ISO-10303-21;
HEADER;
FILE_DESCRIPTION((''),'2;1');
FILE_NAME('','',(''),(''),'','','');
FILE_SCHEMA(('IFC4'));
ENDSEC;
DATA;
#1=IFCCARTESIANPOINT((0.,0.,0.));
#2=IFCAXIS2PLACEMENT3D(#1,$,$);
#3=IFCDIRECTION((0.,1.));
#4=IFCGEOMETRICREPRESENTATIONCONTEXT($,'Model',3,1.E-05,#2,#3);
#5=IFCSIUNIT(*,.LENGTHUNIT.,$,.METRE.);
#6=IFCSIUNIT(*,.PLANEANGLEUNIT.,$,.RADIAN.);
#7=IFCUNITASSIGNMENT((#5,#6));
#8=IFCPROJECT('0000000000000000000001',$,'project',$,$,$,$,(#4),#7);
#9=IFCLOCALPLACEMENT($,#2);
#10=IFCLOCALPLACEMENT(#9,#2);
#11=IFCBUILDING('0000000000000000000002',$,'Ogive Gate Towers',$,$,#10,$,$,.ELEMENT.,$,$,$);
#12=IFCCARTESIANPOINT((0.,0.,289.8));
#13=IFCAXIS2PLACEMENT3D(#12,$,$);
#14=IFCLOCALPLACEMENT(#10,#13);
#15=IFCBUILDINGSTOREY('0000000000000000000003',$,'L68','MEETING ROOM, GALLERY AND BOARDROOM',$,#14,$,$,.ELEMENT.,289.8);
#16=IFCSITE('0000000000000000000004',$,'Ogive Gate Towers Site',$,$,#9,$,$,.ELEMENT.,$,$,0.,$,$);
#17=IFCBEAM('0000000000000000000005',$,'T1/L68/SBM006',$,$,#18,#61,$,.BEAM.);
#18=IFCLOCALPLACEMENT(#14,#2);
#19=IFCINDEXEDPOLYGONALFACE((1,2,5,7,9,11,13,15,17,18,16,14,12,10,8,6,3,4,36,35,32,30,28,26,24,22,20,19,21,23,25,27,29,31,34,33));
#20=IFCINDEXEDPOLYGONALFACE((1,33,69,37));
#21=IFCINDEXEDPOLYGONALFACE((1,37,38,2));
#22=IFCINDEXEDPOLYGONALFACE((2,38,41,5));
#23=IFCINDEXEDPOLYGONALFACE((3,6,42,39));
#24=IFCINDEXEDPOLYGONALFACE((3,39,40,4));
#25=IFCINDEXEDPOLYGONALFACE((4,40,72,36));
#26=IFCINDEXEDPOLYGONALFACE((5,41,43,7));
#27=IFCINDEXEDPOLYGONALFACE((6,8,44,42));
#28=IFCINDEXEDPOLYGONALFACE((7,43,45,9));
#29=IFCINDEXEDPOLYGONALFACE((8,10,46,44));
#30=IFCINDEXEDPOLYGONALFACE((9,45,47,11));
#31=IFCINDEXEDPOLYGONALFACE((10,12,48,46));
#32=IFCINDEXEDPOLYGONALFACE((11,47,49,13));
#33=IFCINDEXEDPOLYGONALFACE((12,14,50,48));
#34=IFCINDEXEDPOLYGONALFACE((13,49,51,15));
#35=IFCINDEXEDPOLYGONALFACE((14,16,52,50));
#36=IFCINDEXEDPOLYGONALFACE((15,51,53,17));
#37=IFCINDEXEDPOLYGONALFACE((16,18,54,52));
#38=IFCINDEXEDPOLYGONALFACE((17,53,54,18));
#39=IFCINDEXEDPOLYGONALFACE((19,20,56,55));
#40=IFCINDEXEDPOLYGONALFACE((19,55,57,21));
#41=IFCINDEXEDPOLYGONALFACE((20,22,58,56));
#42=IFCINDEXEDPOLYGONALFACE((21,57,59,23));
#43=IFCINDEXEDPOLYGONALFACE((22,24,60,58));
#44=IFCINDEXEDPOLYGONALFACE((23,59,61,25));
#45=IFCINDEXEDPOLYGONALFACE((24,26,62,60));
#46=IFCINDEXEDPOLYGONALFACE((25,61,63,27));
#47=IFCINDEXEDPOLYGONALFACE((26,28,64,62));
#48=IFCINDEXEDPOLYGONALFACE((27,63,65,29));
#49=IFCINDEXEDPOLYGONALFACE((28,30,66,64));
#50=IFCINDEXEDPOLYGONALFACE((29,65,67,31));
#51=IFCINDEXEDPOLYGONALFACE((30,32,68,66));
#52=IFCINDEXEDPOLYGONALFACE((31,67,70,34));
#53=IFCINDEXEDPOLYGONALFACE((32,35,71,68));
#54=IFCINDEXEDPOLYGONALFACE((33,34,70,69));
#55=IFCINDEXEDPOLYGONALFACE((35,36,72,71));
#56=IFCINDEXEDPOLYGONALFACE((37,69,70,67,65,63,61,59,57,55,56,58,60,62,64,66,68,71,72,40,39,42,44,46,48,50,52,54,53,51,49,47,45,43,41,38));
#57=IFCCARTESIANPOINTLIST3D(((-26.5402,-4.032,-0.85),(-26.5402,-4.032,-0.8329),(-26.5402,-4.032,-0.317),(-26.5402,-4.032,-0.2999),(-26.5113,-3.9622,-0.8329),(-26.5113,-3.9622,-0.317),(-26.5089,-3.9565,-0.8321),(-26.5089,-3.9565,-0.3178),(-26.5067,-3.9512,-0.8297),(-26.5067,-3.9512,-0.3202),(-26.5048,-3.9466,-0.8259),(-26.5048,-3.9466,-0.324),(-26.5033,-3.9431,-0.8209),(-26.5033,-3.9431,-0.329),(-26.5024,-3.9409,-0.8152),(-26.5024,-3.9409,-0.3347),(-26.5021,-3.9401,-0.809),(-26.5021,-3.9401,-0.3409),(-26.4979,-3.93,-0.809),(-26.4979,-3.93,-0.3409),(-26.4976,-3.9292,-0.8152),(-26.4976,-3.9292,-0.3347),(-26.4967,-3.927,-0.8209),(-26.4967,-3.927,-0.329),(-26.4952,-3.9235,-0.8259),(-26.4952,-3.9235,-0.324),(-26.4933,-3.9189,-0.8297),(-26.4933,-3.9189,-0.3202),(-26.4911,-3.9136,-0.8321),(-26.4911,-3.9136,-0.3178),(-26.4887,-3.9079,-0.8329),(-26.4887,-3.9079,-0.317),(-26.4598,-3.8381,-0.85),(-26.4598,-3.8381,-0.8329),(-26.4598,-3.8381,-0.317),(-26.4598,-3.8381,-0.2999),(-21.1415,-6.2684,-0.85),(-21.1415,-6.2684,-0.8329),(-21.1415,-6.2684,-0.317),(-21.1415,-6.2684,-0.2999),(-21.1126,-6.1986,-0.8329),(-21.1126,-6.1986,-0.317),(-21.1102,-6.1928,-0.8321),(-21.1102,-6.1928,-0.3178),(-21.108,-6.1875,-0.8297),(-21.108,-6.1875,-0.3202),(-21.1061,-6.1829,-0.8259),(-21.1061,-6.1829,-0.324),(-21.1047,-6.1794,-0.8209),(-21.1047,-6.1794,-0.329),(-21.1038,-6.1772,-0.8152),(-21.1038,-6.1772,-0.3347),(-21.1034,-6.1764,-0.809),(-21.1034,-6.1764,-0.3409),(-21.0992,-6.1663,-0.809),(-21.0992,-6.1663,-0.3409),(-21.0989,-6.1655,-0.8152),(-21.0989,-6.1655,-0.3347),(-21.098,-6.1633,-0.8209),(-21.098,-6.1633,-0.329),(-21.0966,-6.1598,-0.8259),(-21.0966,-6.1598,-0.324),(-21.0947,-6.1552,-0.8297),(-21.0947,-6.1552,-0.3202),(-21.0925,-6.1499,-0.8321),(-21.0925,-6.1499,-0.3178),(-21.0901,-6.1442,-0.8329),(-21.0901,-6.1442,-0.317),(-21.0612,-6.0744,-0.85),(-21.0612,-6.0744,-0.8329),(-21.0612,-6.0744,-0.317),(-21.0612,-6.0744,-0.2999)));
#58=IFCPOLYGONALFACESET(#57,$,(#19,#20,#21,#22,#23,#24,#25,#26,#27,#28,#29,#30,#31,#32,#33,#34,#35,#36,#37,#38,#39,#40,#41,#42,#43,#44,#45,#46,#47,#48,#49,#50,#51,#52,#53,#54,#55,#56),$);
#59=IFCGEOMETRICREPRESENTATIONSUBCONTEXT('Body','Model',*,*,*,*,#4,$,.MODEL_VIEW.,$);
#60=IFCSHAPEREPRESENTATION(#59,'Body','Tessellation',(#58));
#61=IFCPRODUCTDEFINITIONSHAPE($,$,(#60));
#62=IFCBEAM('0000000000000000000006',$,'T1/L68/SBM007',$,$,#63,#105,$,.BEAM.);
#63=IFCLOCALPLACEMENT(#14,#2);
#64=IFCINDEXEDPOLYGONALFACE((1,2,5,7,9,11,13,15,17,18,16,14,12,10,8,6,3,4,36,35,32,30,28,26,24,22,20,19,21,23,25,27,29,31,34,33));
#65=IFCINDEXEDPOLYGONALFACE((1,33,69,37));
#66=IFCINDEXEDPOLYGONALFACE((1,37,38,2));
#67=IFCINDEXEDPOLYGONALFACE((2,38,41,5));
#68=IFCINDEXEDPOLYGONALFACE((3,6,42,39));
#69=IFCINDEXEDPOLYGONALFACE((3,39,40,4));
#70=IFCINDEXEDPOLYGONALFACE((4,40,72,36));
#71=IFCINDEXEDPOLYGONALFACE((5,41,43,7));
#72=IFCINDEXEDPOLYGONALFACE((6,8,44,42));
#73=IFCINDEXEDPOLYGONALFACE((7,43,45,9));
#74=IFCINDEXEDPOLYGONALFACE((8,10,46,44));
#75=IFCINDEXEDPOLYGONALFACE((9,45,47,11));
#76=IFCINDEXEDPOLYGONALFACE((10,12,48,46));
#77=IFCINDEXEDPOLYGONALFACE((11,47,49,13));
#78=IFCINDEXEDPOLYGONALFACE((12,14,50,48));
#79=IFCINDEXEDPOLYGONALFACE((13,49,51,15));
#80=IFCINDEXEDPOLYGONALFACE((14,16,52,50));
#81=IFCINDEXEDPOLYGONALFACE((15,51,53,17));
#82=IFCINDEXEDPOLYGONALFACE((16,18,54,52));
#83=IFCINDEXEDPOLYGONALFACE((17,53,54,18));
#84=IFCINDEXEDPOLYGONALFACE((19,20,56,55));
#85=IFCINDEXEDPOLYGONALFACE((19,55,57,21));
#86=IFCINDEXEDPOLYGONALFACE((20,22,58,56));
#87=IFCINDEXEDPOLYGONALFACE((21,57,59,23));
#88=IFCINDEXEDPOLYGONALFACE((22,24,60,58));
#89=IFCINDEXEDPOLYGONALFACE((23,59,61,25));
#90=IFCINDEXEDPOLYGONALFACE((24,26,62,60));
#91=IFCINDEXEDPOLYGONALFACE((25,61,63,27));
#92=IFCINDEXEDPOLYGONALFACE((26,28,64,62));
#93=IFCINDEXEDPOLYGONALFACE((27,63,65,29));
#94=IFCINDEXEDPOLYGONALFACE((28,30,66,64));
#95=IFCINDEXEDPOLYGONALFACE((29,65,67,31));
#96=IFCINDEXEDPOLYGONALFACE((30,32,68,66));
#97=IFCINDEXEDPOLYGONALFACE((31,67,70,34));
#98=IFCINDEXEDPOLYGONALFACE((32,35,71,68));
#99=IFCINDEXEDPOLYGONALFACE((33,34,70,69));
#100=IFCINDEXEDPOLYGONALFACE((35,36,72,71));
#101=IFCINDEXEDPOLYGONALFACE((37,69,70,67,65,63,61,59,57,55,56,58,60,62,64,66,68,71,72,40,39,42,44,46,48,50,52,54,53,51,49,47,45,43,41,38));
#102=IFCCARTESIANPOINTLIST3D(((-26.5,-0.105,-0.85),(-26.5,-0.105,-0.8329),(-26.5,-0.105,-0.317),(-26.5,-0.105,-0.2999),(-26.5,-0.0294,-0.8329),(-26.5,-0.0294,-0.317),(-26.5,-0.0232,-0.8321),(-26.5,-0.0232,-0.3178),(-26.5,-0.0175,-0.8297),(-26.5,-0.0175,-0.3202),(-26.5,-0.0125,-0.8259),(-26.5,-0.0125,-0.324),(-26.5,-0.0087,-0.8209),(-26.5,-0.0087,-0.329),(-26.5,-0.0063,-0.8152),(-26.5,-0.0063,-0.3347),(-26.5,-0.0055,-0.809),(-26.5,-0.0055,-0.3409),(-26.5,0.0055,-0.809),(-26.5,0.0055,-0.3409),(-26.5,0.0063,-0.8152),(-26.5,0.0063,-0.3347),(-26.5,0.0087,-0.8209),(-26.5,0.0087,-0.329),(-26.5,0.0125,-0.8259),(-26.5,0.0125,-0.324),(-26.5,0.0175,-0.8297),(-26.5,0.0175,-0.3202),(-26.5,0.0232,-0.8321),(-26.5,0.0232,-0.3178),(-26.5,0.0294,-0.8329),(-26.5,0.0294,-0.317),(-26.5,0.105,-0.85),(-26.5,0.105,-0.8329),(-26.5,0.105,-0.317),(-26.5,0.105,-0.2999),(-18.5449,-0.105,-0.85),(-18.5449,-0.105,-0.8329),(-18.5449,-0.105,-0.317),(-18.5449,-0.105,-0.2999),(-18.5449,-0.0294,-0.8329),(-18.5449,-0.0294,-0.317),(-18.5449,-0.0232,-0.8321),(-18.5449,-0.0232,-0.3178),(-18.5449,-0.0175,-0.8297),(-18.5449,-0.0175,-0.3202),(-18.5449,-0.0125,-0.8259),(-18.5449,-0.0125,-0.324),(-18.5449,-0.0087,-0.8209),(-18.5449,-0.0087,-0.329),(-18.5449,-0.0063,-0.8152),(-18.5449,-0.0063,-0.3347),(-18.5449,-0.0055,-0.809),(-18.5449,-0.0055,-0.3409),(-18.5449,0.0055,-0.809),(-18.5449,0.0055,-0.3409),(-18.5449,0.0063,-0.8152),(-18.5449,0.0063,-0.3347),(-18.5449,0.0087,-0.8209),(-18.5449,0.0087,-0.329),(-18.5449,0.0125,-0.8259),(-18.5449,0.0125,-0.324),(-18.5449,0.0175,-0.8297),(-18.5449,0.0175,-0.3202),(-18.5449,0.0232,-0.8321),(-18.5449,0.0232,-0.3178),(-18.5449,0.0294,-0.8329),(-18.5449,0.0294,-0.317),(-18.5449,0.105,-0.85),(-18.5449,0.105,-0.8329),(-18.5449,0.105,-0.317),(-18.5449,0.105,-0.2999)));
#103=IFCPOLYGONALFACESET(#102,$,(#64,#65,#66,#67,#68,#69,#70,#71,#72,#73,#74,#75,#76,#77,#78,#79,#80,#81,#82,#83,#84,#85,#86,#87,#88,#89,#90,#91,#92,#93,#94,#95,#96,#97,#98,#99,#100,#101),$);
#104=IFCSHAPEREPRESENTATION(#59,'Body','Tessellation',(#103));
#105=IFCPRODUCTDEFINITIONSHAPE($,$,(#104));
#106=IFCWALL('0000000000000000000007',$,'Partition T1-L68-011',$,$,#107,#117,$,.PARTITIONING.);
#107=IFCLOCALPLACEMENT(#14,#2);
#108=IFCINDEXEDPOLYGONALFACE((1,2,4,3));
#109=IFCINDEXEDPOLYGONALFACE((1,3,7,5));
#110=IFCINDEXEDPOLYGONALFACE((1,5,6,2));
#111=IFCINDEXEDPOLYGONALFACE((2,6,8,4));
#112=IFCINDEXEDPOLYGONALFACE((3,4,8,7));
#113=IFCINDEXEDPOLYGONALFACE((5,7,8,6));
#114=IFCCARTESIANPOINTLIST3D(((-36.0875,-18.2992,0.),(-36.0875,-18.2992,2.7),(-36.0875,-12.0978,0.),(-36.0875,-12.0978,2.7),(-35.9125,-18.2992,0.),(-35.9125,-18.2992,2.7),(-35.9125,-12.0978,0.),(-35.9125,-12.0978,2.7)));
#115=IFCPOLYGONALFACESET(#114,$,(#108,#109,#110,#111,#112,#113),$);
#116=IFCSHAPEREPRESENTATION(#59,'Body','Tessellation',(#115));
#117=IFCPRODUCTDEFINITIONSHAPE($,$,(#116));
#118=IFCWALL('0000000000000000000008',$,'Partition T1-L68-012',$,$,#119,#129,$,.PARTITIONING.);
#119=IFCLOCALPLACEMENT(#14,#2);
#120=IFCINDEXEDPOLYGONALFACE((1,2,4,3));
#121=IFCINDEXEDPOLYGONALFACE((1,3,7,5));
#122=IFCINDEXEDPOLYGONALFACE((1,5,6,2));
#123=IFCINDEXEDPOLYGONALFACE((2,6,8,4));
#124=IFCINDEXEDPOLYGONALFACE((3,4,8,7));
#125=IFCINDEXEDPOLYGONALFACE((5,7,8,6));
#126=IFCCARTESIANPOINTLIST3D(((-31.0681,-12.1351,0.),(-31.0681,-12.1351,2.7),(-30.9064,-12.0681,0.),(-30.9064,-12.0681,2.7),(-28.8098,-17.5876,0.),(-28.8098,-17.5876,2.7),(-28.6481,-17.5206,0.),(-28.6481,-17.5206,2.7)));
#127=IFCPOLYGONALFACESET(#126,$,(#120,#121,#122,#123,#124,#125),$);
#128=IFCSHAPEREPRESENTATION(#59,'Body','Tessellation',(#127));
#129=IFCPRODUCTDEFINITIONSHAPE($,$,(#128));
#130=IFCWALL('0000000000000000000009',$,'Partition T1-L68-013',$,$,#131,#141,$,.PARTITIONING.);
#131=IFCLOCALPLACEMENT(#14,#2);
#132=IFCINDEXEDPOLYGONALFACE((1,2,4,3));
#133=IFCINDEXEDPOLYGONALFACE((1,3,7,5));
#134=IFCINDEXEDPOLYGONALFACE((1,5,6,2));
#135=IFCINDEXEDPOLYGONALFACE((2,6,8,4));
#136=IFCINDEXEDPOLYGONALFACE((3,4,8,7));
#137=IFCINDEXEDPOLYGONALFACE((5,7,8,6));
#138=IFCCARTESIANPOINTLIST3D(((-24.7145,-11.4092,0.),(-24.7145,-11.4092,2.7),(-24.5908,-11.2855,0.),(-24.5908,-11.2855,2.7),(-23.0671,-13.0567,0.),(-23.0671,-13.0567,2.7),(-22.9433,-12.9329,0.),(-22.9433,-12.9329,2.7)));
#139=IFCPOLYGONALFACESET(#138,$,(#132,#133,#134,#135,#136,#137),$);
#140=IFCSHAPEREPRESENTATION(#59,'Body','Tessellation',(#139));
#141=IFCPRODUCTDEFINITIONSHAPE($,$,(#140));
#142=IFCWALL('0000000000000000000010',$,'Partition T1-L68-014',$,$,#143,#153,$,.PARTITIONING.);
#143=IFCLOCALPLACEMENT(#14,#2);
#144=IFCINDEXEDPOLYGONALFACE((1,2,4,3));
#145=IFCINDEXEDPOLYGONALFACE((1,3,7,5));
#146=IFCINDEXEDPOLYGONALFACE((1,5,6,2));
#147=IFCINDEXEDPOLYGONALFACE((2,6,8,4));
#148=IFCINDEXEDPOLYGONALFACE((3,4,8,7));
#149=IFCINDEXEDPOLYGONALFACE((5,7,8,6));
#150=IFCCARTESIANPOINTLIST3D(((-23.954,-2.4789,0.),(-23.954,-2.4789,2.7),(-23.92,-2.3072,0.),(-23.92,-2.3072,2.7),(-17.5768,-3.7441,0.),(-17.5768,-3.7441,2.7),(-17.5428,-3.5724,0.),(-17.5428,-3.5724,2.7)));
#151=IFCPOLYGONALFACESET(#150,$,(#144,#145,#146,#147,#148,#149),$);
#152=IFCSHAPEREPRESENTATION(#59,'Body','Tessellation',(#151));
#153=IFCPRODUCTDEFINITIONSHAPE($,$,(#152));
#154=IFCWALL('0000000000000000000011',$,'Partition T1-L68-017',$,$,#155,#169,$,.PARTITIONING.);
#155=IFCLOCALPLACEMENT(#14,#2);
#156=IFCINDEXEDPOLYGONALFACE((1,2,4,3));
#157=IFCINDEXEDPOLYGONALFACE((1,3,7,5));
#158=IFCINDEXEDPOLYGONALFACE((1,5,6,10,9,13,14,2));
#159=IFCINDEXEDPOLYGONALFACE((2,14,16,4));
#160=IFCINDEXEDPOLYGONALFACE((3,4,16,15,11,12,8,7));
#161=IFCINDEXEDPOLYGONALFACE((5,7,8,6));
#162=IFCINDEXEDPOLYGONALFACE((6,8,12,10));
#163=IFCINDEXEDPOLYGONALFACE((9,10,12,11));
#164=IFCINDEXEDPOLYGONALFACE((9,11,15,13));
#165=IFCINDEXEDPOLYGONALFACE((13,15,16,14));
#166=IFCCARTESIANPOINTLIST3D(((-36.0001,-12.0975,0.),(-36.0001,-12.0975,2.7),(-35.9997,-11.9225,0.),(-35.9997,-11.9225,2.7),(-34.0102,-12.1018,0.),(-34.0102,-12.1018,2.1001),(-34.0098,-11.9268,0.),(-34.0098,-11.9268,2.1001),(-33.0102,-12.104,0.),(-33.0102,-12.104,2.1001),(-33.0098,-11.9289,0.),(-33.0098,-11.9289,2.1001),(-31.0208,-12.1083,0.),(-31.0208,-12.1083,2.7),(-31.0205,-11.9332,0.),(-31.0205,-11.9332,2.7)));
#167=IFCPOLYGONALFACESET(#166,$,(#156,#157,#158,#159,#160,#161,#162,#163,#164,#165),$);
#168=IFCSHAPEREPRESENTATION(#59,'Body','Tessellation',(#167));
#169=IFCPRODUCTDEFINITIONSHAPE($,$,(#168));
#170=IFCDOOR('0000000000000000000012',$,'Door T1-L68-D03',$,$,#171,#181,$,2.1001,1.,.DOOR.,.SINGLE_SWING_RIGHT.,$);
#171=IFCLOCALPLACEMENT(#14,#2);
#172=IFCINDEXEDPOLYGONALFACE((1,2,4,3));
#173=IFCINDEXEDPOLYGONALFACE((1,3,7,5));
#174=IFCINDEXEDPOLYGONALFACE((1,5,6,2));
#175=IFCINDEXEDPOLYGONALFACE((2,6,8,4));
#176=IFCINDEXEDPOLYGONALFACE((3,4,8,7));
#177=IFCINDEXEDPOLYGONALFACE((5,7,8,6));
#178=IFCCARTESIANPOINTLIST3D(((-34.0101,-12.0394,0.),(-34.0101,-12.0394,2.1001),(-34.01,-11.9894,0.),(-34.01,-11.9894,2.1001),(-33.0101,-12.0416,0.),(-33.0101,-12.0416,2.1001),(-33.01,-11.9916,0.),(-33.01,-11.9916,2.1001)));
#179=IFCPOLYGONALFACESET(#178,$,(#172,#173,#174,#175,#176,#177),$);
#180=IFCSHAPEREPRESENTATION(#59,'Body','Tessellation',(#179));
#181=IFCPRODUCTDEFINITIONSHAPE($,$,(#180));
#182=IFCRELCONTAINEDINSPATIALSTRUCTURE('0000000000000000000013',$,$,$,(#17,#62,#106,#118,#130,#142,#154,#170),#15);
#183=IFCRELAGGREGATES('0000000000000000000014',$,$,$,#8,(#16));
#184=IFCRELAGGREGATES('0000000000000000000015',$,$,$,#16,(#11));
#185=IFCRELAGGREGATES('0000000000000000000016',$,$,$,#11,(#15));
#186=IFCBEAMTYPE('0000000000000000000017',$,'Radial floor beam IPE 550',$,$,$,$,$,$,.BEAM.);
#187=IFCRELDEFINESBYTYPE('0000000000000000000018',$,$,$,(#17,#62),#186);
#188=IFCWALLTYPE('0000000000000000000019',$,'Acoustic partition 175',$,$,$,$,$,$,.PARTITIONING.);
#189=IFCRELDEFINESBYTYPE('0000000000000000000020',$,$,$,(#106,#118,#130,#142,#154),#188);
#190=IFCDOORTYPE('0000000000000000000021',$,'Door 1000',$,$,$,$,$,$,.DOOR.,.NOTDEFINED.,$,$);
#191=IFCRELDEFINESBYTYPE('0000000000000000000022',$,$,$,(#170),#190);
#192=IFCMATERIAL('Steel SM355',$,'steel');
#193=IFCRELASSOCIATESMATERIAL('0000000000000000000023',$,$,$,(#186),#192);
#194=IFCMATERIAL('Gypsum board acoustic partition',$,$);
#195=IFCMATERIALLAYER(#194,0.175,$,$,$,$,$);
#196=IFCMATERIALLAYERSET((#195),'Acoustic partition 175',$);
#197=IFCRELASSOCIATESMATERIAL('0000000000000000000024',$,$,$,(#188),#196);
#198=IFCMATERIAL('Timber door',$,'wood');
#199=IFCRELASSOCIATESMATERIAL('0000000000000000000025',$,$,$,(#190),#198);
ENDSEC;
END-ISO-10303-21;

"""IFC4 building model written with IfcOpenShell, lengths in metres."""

from ifc_helpers import new_model, si_unit, direction, frame, frame_2d, origin, origin_2d, place, context, subcontext, project, spatial, rectangle, i_section, extrude, material, layer, layer_set, material_profile, profile_set, type_object, element, fill, save


model = new_model("IFC4")

# Units and contexts
model_context = context("Model", 3, precision=1e-05, world=origin(), true_north=direction((0.0, 1.0)))
body_context = subcontext(model_context, "Body", "Model", "MODEL_VIEW")
ifc_project = project(units=[si_unit("LENGTHUNIT", "METRE"), si_unit("PLANEANGLEUNIT", "RADIAN")], contexts=[model_context])

# Site, building, storey
site_placement = place(None, origin())
site = spatial("IfcSite", under=ifc_project, at=site_placement, Name="Ogive Gate Towers Site", CompositionType="ELEMENT", RefElevation=0.0)
building_placement = place(site_placement, origin())
building = spatial("IfcBuilding", under=site, at=building_placement, Name="Ogive Gate Towers", CompositionType="ELEMENT")
storey_placement = place(building_placement, frame((0.0, 0.0, 289.8)))
storey = spatial("IfcBuildingStorey", under=building, at=storey_placement, Name="L68", Description="MEETING ROOM, GALLERY AND BOARDROOM", CompositionType="ELEMENT", Elevation=289.8)

# Beams
ifc_material_1 = material(Name="Steel SM355", Category="steel")
ifc_material_profile_1 = material_profile(ifc_material_1, i_section(OverallWidth=0.21, OverallDepth=0.55, WebThickness=0.011, FlangeThickness=0.0171, FilletRadius=0.0239, at=origin_2d()), Name="IPE 550")
ifc_profile_set_1 = profile_set([ifc_material_profile_1], Name="Steel SM355")
beam_type_1 = type_object("IfcBeamType", Name="Radial floor beam IPE 550", PredefinedType="BEAM", material=ifc_profile_set_1)
beam_1_placement = place(storey_placement, frame((-26.5, -3.9351, -0.575), z_axis=(0.923872, -0.382701, 0.0), x_axis=(0.382701, 0.923872, 0.0)))
element("IfcBeam", 1, at=beam_1_placement, inside=storey, type_object=beam_type_1, Name="T1/L68/SBM006", PredefinedType="BEAM", context=body_context, shape_type="SweptSolid", body=[
    extrude(i_section(OverallWidth=0.21, OverallDepth=0.55, WebThickness=0.011, FlangeThickness=0.0171, FilletRadius=0.0239, at=origin_2d()), origin(), (0.0, 0.0, 1.0), 5.8435),
])
beam_2_placement = place(storey_placement, frame((-26.5, 0.0, -0.575), z_axis=(1.0, 0.0, 0.0), x_axis=(0.0, 1.0, 0.0)))
element("IfcBeam", 2, at=beam_2_placement, inside=storey, type_object=beam_type_1, Name="T1/L68/SBM007", PredefinedType="BEAM", context=body_context, shape_type="SweptSolid", body=[
    extrude(i_section(OverallWidth=0.21, OverallDepth=0.55, WebThickness=0.011, FlangeThickness=0.0171, FilletRadius=0.0239, at=origin_2d()), origin(), (0.0, 0.0, 1.0), 7.9551),
])

# Walls
ifc_material_2 = material(Name="Gypsum board acoustic partition")
ifc_layer_1 = layer(ifc_material_2, 0.175)
ifc_layer_set_1 = layer_set([ifc_layer_1], Name="Acoustic partition 175")
wall_type_1 = type_object("IfcWallType", Name="Acoustic partition 175", PredefinedType="PARTITIONING", material=ifc_layer_set_1)
wall_1_placement = place(storey_placement, frame((-36.0, -18.2991, 0.0), z_axis=(0.0, 0.0, 1.0), x_axis=(0.0, 1.0, 0.0)))
element("IfcWall", 3, at=wall_1_placement, inside=storey, type_object=wall_type_1, Name="Partition T1-L68-011", PredefinedType="PARTITIONING", context=body_context, shape_type="SweptSolid", body=[
    extrude(rectangle(XDim=6.2014, YDim=0.175, at=frame_2d((3.1006, 0.0))), origin(), (0.0, 0.0, 1.0), 2.7),
])
wall_2_placement = place(storey_placement, frame((-28.729, -17.554, 0.0), z_axis=(0.0, 0.0, 1.0), x_axis=(-0.382661, 0.923889, 0.0)))
element("IfcWall", 4, at=wall_2_placement, inside=storey, type_object=wall_type_1, Name="Partition T1-L68-012", PredefinedType="PARTITIONING", context=body_context, shape_type="SweptSolid", body=[
    extrude(rectangle(XDim=5.9016, YDim=0.175, at=frame_2d((2.9507, 0.0))), origin(), (0.0, 0.0, 1.0), 2.7),
])
wall_3_placement = place(storey_placement, frame((-23.0051, -12.9949, 0.0), z_axis=(0.0, 0.0, 1.0), x_axis=(-0.707107, 0.707107, 0.0)))
element("IfcWall", 5, at=wall_3_placement, inside=storey, type_object=wall_type_1, Name="Partition T1-L68-013", PredefinedType="PARTITIONING", context=body_context, shape_type="SweptSolid", body=[
    extrude(rectangle(XDim=2.3298, YDim=0.175, at=frame_2d((1.165, 0.0))), origin(), (0.0, 0.0, 1.0), 2.7),
])
wall_4_placement = place(storey_placement, frame((-17.5598, -3.6582, 0.0), z_axis=(0.0, 0.0, 1.0), x_axis=(-0.980884, 0.194592, 0.0)))
element("IfcWall", 6, at=wall_4_placement, inside=storey, type_object=wall_type_1, Name="Partition T1-L68-014", PredefinedType="PARTITIONING", context=body_context, shape_type="SweptSolid", body=[
    extrude(rectangle(XDim=6.5015, YDim=0.175, at=frame_2d((3.2507, 0.0))), origin(), (0.0, 0.0, 1.0), 2.7),
])

# Wall, opening, door
wall_5_placement = place(storey_placement, frame((-36.0, -12.01, 0.0), z_axis=(0.0, 0.0, 1.0), x_axis=(0.999998, -0.002157, 0.0)))
wall_5 = element("IfcWall", 7, at=wall_5_placement, inside=storey, type_object=wall_type_1, Name="Partition T1-L68-017", PredefinedType="PARTITIONING", context=body_context, shape_type="SweptSolid", body=[
    extrude(rectangle(XDim=4.9792, YDim=0.175, at=frame_2d((2.4897, 0.0))), origin(), (0.0, 0.0, 1.0), 2.7),
])
opening_1_placement = place(wall_5_placement, frame((1.99, 0.0, 0.0)))
opening_1 = element("IfcOpeningElement", 8, at=opening_1_placement, cuts=wall_5, PredefinedType="OPENING", context=body_context, shape_type="SweptSolid", body=[
    extrude(rectangle(XDim=1.0, YDim=2.1001, at=frame_2d((0.5, 1.05))), frame((0.0, 0.0977, 0.0), z_axis=(0.0, -1.0, 0.0), x_axis=(1.0, 0.0, 0.0)), (0.0, 0.0, 1.0), 0.1951),
])
ifc_material_3 = material(Name="Timber door", Category="wood")
door_type_1 = type_object("IfcDoorType", Name="Door 1000", OperationType="NOTDEFINED", PredefinedType="DOOR", material=ifc_material_3)
door_1_placement = place(opening_1_placement, origin())
door_1 = element("IfcDoor", 9, at=door_1_placement, inside=storey, type_object=door_type_1, Name="Door T1-L68-D03", OperationType="SINGLE_SWING_RIGHT", OverallHeight=2.1001, OverallWidth=1.0, PredefinedType="DOOR", context=body_context, shape_type="SweptSolid", body=[
    extrude(rectangle(XDim=1.0, YDim=2.1001, at=frame_2d((0.5, 1.05))), frame((0.0, 0.0249, 0.0), z_axis=(0.0, -1.0, 0.0), x_axis=(1.0, 0.0, 0.0)), (0.0, 0.0, 1.0), 0.05),
])
fill(opening_1, door_1)

save(model, "model.ifc")
